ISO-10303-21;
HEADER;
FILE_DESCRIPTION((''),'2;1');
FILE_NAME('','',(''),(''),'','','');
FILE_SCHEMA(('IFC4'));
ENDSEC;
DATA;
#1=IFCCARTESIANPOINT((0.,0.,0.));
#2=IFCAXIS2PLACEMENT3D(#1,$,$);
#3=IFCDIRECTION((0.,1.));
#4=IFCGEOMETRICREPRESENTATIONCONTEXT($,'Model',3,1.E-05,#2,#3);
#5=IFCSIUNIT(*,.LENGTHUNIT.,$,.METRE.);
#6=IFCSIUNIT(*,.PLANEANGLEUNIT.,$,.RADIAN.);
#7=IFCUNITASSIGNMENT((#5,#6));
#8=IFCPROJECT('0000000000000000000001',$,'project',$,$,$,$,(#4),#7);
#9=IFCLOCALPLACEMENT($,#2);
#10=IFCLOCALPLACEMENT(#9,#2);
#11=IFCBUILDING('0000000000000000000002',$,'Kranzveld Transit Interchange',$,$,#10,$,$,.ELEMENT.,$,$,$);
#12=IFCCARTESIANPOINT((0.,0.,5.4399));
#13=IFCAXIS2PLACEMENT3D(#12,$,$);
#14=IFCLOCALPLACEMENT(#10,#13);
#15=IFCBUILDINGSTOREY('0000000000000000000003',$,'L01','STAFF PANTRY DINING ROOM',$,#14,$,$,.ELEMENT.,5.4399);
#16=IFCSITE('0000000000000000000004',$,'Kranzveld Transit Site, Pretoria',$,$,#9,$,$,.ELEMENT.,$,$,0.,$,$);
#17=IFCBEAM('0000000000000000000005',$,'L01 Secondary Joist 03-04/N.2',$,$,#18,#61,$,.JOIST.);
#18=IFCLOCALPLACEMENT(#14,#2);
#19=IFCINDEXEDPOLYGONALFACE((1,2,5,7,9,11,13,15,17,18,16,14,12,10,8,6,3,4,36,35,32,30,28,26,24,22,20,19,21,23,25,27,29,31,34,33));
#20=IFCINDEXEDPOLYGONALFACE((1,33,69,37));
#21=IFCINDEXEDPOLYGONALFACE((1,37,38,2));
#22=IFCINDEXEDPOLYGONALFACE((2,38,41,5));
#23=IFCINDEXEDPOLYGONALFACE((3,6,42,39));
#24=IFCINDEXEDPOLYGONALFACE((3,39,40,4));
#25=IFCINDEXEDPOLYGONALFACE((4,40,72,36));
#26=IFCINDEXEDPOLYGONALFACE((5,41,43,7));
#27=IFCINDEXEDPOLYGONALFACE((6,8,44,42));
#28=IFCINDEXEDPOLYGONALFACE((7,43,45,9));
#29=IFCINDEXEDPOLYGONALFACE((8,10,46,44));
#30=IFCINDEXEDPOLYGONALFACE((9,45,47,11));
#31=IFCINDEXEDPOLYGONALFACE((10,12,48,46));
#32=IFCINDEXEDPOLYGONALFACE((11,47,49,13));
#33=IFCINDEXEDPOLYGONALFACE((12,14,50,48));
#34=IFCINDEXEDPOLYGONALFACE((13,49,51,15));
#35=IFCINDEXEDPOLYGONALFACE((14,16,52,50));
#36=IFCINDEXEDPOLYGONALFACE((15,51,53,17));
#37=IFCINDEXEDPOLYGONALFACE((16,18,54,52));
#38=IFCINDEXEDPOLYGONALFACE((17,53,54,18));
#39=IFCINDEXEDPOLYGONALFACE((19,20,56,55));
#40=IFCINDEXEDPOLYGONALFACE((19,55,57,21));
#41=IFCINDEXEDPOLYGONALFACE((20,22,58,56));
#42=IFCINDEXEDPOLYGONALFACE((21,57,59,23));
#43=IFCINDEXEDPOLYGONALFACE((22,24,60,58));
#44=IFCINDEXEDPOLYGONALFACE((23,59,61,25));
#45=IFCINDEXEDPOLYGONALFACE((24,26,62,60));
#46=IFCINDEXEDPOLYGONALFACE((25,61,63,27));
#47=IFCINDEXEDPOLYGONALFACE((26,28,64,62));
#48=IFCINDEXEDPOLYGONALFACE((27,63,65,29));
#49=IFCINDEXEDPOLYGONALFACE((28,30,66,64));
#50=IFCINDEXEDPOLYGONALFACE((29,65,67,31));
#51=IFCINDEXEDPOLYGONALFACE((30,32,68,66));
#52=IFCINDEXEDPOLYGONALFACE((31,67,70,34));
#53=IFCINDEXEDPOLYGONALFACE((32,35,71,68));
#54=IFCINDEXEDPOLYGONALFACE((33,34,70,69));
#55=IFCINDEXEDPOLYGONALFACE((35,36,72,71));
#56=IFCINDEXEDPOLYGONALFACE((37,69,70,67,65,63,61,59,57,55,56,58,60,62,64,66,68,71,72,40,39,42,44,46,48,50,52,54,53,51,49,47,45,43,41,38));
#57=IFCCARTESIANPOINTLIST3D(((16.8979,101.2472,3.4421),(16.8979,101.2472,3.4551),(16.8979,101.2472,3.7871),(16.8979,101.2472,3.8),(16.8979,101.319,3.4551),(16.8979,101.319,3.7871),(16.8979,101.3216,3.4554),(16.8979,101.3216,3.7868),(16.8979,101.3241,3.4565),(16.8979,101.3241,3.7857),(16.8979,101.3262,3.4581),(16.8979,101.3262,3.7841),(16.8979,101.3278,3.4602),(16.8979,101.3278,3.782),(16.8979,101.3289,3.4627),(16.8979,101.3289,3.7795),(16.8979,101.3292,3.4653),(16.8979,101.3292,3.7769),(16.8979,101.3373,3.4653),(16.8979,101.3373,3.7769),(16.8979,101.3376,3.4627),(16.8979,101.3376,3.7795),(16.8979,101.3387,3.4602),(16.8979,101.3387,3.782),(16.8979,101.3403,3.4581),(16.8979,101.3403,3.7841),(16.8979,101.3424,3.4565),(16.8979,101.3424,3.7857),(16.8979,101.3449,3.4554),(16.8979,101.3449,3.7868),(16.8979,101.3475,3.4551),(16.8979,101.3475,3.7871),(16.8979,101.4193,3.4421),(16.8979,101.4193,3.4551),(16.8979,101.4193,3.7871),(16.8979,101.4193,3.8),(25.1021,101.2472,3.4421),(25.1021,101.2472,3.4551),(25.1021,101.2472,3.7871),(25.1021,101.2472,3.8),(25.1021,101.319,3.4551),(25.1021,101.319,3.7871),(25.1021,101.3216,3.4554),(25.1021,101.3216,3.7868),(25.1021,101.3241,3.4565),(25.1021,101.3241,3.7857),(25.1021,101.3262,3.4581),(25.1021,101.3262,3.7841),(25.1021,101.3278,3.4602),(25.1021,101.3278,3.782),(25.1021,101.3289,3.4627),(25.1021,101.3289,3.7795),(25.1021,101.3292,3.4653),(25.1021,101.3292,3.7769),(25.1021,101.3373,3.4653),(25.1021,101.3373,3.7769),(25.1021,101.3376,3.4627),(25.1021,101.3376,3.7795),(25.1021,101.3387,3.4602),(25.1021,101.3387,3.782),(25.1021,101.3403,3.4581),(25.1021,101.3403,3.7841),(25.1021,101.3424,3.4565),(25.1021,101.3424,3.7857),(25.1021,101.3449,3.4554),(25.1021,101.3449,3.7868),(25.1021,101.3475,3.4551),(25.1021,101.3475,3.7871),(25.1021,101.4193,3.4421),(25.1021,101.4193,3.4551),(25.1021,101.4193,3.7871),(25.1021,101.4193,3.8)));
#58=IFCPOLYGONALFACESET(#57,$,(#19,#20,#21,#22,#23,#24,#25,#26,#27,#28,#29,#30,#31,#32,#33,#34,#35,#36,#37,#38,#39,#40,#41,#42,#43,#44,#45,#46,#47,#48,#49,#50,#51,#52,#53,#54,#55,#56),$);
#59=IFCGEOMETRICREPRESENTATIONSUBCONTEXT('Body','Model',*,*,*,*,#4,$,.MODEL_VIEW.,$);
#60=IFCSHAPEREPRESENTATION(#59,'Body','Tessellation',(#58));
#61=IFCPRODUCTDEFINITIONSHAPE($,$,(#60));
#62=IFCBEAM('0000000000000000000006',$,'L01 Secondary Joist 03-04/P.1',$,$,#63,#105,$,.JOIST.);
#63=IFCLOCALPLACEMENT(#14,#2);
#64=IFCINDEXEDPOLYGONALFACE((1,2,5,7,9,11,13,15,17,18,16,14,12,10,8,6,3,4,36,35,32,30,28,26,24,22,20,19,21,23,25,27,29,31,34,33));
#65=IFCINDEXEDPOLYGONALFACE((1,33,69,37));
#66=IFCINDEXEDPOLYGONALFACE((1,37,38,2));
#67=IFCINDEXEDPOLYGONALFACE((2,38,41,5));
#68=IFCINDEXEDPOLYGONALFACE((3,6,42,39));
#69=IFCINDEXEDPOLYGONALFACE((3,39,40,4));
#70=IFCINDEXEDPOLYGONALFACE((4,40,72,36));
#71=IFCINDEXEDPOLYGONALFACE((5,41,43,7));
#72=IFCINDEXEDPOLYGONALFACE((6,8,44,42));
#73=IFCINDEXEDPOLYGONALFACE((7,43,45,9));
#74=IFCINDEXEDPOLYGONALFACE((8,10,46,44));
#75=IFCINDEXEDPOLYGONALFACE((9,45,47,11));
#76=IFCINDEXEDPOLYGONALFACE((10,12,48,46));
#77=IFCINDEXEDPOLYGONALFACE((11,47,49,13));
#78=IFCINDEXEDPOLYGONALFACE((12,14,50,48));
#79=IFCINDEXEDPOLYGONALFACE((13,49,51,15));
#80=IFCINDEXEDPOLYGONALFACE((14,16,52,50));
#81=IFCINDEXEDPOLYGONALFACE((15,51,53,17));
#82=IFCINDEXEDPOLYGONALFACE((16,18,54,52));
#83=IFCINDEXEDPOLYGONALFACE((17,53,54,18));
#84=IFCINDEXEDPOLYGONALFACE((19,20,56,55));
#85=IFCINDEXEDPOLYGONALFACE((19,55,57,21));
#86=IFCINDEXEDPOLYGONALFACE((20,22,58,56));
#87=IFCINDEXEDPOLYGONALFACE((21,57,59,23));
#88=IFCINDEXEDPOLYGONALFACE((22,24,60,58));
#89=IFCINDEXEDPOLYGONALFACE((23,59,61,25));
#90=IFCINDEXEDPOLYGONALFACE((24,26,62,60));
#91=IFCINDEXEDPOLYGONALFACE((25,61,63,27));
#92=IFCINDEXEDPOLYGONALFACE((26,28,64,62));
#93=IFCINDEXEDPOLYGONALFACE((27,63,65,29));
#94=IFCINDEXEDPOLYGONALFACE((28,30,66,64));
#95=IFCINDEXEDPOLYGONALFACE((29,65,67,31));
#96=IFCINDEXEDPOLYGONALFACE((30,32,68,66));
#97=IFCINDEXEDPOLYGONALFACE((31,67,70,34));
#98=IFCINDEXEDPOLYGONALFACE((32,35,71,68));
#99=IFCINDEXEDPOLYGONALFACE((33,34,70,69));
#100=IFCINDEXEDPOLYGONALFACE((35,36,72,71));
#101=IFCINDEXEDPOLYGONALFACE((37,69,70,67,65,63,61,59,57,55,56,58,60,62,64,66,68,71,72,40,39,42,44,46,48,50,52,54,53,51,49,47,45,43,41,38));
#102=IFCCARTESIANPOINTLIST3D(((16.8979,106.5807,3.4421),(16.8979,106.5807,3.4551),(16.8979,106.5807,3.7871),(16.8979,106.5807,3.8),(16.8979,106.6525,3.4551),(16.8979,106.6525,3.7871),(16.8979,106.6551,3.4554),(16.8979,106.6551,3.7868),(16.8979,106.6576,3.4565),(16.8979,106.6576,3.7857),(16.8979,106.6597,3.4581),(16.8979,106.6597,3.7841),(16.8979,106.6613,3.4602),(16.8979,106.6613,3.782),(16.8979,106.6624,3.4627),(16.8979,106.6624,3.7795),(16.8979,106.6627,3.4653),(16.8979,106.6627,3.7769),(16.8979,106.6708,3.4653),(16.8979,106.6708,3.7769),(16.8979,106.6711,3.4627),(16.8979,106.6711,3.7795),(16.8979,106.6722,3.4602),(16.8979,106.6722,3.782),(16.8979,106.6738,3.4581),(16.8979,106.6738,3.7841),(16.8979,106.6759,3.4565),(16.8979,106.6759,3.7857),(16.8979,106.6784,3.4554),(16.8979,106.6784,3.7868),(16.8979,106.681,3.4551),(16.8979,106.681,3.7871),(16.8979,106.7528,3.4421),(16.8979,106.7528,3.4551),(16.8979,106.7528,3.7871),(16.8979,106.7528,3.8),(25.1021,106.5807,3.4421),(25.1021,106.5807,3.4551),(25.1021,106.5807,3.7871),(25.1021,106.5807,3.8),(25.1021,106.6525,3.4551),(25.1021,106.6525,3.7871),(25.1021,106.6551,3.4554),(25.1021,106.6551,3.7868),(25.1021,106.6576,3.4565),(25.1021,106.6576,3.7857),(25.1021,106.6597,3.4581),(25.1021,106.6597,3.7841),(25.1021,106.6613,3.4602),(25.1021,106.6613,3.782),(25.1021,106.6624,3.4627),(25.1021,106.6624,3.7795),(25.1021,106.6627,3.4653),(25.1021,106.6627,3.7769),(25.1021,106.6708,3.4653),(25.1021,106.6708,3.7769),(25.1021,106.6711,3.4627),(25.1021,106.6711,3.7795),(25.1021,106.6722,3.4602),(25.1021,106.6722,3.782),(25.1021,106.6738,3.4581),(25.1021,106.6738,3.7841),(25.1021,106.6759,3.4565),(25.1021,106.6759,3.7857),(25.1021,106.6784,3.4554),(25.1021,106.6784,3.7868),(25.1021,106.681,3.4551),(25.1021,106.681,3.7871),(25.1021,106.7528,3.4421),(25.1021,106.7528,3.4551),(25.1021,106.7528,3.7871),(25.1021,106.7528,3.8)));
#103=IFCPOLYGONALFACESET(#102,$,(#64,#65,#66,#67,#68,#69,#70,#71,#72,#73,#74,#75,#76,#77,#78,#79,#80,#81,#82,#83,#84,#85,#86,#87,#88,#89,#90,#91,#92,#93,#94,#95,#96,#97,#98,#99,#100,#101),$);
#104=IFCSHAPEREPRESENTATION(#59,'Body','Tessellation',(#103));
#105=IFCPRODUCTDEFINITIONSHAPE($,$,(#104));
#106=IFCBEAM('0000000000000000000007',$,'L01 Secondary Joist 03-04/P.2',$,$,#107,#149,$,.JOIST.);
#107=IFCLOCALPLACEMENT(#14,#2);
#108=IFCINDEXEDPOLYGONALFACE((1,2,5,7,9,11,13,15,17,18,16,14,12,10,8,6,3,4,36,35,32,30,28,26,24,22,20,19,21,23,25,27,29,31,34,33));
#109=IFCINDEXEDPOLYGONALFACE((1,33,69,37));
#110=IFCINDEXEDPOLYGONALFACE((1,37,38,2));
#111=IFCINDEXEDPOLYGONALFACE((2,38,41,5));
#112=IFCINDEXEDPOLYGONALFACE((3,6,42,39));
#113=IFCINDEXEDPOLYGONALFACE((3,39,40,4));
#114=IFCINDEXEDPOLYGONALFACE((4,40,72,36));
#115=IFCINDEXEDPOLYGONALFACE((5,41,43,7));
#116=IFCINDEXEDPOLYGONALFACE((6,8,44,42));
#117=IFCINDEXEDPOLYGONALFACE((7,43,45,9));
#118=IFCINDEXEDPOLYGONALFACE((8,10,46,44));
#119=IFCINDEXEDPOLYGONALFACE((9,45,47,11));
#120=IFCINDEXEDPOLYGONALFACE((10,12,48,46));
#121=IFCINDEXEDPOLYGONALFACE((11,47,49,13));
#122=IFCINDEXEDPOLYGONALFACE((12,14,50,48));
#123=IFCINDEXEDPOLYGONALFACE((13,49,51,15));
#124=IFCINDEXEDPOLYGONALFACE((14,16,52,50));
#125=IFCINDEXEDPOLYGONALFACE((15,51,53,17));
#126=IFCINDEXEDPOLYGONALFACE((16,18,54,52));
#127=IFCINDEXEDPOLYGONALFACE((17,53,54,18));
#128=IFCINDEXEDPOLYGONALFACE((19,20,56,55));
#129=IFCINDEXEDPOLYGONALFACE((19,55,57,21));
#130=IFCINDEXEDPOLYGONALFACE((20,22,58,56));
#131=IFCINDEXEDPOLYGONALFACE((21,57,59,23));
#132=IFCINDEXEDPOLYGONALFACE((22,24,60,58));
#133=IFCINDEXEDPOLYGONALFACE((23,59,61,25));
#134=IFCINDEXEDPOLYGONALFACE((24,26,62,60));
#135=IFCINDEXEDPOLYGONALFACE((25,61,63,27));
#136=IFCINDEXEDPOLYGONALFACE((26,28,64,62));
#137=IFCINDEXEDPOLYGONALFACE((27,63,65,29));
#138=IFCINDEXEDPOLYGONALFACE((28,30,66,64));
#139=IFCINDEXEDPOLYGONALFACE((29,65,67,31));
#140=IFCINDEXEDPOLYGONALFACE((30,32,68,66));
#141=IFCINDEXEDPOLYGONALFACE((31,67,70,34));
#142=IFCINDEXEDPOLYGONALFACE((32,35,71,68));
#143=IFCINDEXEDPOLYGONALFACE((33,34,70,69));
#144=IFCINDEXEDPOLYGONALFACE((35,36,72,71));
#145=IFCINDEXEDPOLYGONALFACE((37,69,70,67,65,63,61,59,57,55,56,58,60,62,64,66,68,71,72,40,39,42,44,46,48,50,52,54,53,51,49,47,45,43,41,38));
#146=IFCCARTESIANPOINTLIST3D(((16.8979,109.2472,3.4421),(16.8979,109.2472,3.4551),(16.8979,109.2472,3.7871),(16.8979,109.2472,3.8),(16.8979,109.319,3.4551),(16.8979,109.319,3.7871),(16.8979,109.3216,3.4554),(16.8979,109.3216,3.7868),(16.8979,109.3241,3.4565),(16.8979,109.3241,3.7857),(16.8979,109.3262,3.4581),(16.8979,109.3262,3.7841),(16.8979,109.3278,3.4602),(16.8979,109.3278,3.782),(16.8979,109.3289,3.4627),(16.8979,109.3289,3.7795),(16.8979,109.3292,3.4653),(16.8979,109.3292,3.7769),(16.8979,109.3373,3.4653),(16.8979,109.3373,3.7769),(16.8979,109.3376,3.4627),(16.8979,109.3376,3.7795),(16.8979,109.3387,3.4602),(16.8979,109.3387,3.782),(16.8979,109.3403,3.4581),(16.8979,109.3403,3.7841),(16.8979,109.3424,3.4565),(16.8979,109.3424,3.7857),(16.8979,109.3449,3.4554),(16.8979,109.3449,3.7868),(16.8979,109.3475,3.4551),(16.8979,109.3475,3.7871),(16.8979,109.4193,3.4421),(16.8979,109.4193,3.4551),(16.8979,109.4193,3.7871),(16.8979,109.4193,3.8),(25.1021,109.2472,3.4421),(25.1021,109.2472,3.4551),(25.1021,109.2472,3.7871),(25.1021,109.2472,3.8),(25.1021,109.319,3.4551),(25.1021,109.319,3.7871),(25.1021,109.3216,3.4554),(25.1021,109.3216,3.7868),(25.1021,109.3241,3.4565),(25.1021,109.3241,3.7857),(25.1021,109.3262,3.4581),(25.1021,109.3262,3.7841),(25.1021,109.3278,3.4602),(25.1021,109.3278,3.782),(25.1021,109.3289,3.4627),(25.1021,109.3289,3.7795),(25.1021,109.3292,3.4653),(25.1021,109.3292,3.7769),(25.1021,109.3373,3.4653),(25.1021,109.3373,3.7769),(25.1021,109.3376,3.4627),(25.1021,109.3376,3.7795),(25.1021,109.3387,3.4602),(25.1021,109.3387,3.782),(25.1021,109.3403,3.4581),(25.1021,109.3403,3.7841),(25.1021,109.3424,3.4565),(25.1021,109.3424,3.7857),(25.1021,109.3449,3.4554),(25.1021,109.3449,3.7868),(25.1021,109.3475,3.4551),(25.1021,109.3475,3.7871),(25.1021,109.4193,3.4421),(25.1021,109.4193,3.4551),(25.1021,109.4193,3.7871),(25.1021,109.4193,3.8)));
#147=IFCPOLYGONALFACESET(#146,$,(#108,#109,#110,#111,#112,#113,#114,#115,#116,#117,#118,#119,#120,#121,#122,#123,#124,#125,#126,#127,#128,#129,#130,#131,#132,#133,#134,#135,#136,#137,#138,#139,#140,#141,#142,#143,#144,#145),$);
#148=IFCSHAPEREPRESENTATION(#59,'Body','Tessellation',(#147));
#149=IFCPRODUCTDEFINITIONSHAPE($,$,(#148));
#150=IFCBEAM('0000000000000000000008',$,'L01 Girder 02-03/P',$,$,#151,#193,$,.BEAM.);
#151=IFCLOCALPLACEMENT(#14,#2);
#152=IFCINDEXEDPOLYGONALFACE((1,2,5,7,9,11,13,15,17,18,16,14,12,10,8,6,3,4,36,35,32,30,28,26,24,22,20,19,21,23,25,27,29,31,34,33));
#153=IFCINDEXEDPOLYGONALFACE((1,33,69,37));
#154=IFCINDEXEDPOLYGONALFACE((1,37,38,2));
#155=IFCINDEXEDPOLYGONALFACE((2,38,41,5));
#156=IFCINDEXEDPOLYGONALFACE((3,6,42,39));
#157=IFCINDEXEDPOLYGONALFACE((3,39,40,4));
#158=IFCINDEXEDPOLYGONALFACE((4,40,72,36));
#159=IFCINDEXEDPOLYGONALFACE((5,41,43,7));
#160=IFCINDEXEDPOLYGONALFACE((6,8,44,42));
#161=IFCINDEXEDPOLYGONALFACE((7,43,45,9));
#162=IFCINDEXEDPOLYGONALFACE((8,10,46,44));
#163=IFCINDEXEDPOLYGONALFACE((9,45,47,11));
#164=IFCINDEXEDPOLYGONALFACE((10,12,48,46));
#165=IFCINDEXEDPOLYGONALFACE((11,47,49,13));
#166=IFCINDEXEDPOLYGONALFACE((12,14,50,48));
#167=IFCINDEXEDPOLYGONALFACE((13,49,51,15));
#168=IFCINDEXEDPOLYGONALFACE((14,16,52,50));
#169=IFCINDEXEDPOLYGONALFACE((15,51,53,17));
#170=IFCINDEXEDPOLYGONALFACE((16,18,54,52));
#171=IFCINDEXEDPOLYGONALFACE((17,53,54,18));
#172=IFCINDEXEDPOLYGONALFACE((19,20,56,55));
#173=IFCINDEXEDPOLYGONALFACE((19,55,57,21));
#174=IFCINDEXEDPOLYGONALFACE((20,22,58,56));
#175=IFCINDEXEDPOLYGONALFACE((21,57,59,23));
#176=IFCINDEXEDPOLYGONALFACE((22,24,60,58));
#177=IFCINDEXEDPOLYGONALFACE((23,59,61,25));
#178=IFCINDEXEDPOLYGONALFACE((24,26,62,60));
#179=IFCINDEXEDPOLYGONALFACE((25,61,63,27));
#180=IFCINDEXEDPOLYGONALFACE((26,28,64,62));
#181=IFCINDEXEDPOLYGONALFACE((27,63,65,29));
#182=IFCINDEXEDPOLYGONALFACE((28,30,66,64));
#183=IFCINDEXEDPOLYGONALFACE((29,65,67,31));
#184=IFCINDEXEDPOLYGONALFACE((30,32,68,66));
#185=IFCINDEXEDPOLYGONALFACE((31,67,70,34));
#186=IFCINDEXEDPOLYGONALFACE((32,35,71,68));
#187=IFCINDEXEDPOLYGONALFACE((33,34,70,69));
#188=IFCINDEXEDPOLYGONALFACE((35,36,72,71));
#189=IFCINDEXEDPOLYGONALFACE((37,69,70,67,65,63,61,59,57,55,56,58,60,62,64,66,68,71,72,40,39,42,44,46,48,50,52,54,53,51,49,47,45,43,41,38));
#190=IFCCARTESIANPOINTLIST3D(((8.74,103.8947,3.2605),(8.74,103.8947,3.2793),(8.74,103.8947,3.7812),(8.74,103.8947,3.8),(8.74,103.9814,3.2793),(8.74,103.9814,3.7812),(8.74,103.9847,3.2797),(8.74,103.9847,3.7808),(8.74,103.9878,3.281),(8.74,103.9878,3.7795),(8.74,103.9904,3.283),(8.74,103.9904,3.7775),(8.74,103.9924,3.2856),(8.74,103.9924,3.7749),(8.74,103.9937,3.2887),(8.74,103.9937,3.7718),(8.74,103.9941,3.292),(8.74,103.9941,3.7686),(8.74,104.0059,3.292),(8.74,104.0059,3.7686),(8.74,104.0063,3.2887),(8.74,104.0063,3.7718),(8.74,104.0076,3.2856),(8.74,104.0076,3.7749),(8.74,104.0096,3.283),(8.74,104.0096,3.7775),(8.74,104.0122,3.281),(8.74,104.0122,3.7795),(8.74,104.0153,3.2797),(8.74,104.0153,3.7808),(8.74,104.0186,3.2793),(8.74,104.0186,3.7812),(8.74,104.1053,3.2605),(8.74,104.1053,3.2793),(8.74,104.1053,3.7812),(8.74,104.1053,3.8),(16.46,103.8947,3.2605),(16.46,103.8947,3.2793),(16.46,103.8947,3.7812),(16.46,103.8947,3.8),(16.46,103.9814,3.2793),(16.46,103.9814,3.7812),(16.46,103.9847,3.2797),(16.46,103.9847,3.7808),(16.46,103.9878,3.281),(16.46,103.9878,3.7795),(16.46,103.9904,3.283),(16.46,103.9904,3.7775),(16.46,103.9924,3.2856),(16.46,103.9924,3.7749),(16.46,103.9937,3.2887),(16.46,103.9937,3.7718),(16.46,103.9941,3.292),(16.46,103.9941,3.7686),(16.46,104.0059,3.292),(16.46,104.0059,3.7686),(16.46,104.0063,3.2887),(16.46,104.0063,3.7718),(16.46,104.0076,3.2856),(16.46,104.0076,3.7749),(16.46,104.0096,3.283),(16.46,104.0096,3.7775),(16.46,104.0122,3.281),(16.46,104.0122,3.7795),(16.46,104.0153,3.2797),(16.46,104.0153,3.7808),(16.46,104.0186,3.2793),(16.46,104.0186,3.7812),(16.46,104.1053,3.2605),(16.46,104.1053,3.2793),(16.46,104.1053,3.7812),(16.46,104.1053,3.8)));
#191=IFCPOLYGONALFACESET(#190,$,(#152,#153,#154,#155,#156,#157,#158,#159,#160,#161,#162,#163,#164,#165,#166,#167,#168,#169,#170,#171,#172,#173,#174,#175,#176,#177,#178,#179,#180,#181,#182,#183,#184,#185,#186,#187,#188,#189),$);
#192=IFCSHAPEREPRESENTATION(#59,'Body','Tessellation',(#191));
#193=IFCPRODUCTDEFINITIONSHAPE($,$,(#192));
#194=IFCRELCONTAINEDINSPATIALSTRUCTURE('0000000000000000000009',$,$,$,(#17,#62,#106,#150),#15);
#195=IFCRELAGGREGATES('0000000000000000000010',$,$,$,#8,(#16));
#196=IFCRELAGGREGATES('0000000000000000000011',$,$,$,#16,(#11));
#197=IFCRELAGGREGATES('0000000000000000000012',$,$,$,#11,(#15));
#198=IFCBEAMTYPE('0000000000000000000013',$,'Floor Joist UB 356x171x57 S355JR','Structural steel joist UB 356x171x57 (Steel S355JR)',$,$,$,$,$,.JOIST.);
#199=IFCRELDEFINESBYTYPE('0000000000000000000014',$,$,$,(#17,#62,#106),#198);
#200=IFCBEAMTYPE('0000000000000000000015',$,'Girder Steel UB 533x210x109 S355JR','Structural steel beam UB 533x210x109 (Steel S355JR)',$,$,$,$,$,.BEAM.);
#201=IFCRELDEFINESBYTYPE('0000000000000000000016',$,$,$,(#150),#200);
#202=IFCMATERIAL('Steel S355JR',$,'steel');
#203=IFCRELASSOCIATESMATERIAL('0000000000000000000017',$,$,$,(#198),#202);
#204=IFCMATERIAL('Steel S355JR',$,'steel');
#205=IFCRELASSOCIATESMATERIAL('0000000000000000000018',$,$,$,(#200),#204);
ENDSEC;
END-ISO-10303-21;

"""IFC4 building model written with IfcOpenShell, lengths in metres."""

from ifc_helpers import new_model, si_unit, direction, frame, origin, origin_2d, place, context, subcontext, project, spatial, i_section, extrude, material, material_profile, profile_set, type_object, element, save


model = new_model("IFC4")

# Units and contexts
model_context = context("Model", 3, precision=1e-05, world=origin(), true_north=direction((0.0, 1.0)))
body_context = subcontext(model_context, "Body", "Model", "MODEL_VIEW")
ifc_project = project(units=[si_unit("LENGTHUNIT", "METRE"), si_unit("PLANEANGLEUNIT", "RADIAN")], contexts=[model_context])

# Site, building, storey
site_placement = place(None, origin())
site = spatial("IfcSite", under=ifc_project, at=site_placement, Name="Kranzveld Transit Site, Pretoria", CompositionType="ELEMENT", RefElevation=0.0)
building_placement = place(site_placement, origin())
building = spatial("IfcBuilding", under=site, at=building_placement, Name="Kranzveld Transit Interchange", CompositionType="ELEMENT")
storey_placement = place(building_placement, frame((0.0, 0.0, 5.4399)))
storey = spatial("IfcBuildingStorey", under=building, at=storey_placement, Name="L01", Description="STAFF PANTRY DINING ROOM", CompositionType="ELEMENT", Elevation=5.4399)

# Beams
ifc_material_1 = material(Name="Steel S355JR", Category="steel")
ifc_material_profile_1 = material_profile(ifc_material_1, i_section(OverallWidth=0.1721, OverallDepth=0.3579, WebThickness=0.0081, FlangeThickness=0.0129, FilletRadius=0.0103, at=origin_2d()), Name="UB 356x171x57")
ifc_profile_set_1 = profile_set([ifc_material_profile_1], Name="Steel S355JR")
beam_type_1 = type_object("IfcBeamType", Name="Floor Joist UB 356x171x57 S355JR", Description="Structural steel joist UB 356x171x57 (Steel S355JR)", PredefinedType="JOIST", material=ifc_profile_set_1)
for number, where, z_axis, x_axis, name in (
    (1, (16.8979, 101.3333, 3.6211), (1.0, 0.0, 0.0), (0.0, 1.0, 0.0), "L01 Secondary Joist 03-04/N.2"),
    (2, (16.8979, 106.6667, 3.6211), (1.0, 0.0, 0.0), (0.0, 1.0, 0.0), "L01 Secondary Joist 03-04/P.1"),
    (3, (16.8979, 109.3333, 3.6211), (1.0, 0.0, 0.0), (0.0, 1.0, 0.0), "L01 Secondary Joist 03-04/P.2"),
):
    element("IfcBeam", number, at=place(storey_placement, frame(where, z_axis=z_axis, x_axis=x_axis)), inside=storey, type_object=beam_type_1, Name=name, PredefinedType="JOIST", context=body_context, shape_type="SweptSolid", body=[
        extrude(i_section(OverallWidth=0.1721, OverallDepth=0.3579, WebThickness=0.0081, FlangeThickness=0.0129, FilletRadius=0.0103, at=origin_2d()), origin(), (0.0, 0.0, 1.0), 8.2041),
    ])
ifc_material_2 = material(Name="Steel S355JR", Category="steel")
ifc_material_profile_2 = material_profile(ifc_material_2, i_section(OverallWidth=0.2107, OverallDepth=0.5396, WebThickness=0.0117, FlangeThickness=0.0188, FilletRadius=0.0127, at=origin_2d()), Name="UB 533x210x109")
ifc_profile_set_2 = profile_set([ifc_material_profile_2], Name="Steel S355JR")
beam_type_2 = type_object("IfcBeamType", Name="Girder Steel UB 533x210x109 S355JR", Description="Structural steel beam UB 533x210x109 (Steel S355JR)", PredefinedType="BEAM", material=ifc_profile_set_2)
beam_1_placement = place(storey_placement, frame((8.74, 104.0, 3.5303), z_axis=(1.0, 0.0, 0.0), x_axis=(0.0, 1.0, 0.0)))
element("IfcBeam", 4, at=beam_1_placement, inside=storey, type_object=beam_type_2, Name="L01 Girder 02-03/P", PredefinedType="BEAM", context=body_context, shape_type="SweptSolid", body=[
    extrude(i_section(OverallWidth=0.2107, OverallDepth=0.5396, WebThickness=0.0117, FlangeThickness=0.0188, FilletRadius=0.0127, at=origin_2d()), origin(), (0.0, 0.0, 1.0), 7.72),
])

save(model, "model.ifc")
